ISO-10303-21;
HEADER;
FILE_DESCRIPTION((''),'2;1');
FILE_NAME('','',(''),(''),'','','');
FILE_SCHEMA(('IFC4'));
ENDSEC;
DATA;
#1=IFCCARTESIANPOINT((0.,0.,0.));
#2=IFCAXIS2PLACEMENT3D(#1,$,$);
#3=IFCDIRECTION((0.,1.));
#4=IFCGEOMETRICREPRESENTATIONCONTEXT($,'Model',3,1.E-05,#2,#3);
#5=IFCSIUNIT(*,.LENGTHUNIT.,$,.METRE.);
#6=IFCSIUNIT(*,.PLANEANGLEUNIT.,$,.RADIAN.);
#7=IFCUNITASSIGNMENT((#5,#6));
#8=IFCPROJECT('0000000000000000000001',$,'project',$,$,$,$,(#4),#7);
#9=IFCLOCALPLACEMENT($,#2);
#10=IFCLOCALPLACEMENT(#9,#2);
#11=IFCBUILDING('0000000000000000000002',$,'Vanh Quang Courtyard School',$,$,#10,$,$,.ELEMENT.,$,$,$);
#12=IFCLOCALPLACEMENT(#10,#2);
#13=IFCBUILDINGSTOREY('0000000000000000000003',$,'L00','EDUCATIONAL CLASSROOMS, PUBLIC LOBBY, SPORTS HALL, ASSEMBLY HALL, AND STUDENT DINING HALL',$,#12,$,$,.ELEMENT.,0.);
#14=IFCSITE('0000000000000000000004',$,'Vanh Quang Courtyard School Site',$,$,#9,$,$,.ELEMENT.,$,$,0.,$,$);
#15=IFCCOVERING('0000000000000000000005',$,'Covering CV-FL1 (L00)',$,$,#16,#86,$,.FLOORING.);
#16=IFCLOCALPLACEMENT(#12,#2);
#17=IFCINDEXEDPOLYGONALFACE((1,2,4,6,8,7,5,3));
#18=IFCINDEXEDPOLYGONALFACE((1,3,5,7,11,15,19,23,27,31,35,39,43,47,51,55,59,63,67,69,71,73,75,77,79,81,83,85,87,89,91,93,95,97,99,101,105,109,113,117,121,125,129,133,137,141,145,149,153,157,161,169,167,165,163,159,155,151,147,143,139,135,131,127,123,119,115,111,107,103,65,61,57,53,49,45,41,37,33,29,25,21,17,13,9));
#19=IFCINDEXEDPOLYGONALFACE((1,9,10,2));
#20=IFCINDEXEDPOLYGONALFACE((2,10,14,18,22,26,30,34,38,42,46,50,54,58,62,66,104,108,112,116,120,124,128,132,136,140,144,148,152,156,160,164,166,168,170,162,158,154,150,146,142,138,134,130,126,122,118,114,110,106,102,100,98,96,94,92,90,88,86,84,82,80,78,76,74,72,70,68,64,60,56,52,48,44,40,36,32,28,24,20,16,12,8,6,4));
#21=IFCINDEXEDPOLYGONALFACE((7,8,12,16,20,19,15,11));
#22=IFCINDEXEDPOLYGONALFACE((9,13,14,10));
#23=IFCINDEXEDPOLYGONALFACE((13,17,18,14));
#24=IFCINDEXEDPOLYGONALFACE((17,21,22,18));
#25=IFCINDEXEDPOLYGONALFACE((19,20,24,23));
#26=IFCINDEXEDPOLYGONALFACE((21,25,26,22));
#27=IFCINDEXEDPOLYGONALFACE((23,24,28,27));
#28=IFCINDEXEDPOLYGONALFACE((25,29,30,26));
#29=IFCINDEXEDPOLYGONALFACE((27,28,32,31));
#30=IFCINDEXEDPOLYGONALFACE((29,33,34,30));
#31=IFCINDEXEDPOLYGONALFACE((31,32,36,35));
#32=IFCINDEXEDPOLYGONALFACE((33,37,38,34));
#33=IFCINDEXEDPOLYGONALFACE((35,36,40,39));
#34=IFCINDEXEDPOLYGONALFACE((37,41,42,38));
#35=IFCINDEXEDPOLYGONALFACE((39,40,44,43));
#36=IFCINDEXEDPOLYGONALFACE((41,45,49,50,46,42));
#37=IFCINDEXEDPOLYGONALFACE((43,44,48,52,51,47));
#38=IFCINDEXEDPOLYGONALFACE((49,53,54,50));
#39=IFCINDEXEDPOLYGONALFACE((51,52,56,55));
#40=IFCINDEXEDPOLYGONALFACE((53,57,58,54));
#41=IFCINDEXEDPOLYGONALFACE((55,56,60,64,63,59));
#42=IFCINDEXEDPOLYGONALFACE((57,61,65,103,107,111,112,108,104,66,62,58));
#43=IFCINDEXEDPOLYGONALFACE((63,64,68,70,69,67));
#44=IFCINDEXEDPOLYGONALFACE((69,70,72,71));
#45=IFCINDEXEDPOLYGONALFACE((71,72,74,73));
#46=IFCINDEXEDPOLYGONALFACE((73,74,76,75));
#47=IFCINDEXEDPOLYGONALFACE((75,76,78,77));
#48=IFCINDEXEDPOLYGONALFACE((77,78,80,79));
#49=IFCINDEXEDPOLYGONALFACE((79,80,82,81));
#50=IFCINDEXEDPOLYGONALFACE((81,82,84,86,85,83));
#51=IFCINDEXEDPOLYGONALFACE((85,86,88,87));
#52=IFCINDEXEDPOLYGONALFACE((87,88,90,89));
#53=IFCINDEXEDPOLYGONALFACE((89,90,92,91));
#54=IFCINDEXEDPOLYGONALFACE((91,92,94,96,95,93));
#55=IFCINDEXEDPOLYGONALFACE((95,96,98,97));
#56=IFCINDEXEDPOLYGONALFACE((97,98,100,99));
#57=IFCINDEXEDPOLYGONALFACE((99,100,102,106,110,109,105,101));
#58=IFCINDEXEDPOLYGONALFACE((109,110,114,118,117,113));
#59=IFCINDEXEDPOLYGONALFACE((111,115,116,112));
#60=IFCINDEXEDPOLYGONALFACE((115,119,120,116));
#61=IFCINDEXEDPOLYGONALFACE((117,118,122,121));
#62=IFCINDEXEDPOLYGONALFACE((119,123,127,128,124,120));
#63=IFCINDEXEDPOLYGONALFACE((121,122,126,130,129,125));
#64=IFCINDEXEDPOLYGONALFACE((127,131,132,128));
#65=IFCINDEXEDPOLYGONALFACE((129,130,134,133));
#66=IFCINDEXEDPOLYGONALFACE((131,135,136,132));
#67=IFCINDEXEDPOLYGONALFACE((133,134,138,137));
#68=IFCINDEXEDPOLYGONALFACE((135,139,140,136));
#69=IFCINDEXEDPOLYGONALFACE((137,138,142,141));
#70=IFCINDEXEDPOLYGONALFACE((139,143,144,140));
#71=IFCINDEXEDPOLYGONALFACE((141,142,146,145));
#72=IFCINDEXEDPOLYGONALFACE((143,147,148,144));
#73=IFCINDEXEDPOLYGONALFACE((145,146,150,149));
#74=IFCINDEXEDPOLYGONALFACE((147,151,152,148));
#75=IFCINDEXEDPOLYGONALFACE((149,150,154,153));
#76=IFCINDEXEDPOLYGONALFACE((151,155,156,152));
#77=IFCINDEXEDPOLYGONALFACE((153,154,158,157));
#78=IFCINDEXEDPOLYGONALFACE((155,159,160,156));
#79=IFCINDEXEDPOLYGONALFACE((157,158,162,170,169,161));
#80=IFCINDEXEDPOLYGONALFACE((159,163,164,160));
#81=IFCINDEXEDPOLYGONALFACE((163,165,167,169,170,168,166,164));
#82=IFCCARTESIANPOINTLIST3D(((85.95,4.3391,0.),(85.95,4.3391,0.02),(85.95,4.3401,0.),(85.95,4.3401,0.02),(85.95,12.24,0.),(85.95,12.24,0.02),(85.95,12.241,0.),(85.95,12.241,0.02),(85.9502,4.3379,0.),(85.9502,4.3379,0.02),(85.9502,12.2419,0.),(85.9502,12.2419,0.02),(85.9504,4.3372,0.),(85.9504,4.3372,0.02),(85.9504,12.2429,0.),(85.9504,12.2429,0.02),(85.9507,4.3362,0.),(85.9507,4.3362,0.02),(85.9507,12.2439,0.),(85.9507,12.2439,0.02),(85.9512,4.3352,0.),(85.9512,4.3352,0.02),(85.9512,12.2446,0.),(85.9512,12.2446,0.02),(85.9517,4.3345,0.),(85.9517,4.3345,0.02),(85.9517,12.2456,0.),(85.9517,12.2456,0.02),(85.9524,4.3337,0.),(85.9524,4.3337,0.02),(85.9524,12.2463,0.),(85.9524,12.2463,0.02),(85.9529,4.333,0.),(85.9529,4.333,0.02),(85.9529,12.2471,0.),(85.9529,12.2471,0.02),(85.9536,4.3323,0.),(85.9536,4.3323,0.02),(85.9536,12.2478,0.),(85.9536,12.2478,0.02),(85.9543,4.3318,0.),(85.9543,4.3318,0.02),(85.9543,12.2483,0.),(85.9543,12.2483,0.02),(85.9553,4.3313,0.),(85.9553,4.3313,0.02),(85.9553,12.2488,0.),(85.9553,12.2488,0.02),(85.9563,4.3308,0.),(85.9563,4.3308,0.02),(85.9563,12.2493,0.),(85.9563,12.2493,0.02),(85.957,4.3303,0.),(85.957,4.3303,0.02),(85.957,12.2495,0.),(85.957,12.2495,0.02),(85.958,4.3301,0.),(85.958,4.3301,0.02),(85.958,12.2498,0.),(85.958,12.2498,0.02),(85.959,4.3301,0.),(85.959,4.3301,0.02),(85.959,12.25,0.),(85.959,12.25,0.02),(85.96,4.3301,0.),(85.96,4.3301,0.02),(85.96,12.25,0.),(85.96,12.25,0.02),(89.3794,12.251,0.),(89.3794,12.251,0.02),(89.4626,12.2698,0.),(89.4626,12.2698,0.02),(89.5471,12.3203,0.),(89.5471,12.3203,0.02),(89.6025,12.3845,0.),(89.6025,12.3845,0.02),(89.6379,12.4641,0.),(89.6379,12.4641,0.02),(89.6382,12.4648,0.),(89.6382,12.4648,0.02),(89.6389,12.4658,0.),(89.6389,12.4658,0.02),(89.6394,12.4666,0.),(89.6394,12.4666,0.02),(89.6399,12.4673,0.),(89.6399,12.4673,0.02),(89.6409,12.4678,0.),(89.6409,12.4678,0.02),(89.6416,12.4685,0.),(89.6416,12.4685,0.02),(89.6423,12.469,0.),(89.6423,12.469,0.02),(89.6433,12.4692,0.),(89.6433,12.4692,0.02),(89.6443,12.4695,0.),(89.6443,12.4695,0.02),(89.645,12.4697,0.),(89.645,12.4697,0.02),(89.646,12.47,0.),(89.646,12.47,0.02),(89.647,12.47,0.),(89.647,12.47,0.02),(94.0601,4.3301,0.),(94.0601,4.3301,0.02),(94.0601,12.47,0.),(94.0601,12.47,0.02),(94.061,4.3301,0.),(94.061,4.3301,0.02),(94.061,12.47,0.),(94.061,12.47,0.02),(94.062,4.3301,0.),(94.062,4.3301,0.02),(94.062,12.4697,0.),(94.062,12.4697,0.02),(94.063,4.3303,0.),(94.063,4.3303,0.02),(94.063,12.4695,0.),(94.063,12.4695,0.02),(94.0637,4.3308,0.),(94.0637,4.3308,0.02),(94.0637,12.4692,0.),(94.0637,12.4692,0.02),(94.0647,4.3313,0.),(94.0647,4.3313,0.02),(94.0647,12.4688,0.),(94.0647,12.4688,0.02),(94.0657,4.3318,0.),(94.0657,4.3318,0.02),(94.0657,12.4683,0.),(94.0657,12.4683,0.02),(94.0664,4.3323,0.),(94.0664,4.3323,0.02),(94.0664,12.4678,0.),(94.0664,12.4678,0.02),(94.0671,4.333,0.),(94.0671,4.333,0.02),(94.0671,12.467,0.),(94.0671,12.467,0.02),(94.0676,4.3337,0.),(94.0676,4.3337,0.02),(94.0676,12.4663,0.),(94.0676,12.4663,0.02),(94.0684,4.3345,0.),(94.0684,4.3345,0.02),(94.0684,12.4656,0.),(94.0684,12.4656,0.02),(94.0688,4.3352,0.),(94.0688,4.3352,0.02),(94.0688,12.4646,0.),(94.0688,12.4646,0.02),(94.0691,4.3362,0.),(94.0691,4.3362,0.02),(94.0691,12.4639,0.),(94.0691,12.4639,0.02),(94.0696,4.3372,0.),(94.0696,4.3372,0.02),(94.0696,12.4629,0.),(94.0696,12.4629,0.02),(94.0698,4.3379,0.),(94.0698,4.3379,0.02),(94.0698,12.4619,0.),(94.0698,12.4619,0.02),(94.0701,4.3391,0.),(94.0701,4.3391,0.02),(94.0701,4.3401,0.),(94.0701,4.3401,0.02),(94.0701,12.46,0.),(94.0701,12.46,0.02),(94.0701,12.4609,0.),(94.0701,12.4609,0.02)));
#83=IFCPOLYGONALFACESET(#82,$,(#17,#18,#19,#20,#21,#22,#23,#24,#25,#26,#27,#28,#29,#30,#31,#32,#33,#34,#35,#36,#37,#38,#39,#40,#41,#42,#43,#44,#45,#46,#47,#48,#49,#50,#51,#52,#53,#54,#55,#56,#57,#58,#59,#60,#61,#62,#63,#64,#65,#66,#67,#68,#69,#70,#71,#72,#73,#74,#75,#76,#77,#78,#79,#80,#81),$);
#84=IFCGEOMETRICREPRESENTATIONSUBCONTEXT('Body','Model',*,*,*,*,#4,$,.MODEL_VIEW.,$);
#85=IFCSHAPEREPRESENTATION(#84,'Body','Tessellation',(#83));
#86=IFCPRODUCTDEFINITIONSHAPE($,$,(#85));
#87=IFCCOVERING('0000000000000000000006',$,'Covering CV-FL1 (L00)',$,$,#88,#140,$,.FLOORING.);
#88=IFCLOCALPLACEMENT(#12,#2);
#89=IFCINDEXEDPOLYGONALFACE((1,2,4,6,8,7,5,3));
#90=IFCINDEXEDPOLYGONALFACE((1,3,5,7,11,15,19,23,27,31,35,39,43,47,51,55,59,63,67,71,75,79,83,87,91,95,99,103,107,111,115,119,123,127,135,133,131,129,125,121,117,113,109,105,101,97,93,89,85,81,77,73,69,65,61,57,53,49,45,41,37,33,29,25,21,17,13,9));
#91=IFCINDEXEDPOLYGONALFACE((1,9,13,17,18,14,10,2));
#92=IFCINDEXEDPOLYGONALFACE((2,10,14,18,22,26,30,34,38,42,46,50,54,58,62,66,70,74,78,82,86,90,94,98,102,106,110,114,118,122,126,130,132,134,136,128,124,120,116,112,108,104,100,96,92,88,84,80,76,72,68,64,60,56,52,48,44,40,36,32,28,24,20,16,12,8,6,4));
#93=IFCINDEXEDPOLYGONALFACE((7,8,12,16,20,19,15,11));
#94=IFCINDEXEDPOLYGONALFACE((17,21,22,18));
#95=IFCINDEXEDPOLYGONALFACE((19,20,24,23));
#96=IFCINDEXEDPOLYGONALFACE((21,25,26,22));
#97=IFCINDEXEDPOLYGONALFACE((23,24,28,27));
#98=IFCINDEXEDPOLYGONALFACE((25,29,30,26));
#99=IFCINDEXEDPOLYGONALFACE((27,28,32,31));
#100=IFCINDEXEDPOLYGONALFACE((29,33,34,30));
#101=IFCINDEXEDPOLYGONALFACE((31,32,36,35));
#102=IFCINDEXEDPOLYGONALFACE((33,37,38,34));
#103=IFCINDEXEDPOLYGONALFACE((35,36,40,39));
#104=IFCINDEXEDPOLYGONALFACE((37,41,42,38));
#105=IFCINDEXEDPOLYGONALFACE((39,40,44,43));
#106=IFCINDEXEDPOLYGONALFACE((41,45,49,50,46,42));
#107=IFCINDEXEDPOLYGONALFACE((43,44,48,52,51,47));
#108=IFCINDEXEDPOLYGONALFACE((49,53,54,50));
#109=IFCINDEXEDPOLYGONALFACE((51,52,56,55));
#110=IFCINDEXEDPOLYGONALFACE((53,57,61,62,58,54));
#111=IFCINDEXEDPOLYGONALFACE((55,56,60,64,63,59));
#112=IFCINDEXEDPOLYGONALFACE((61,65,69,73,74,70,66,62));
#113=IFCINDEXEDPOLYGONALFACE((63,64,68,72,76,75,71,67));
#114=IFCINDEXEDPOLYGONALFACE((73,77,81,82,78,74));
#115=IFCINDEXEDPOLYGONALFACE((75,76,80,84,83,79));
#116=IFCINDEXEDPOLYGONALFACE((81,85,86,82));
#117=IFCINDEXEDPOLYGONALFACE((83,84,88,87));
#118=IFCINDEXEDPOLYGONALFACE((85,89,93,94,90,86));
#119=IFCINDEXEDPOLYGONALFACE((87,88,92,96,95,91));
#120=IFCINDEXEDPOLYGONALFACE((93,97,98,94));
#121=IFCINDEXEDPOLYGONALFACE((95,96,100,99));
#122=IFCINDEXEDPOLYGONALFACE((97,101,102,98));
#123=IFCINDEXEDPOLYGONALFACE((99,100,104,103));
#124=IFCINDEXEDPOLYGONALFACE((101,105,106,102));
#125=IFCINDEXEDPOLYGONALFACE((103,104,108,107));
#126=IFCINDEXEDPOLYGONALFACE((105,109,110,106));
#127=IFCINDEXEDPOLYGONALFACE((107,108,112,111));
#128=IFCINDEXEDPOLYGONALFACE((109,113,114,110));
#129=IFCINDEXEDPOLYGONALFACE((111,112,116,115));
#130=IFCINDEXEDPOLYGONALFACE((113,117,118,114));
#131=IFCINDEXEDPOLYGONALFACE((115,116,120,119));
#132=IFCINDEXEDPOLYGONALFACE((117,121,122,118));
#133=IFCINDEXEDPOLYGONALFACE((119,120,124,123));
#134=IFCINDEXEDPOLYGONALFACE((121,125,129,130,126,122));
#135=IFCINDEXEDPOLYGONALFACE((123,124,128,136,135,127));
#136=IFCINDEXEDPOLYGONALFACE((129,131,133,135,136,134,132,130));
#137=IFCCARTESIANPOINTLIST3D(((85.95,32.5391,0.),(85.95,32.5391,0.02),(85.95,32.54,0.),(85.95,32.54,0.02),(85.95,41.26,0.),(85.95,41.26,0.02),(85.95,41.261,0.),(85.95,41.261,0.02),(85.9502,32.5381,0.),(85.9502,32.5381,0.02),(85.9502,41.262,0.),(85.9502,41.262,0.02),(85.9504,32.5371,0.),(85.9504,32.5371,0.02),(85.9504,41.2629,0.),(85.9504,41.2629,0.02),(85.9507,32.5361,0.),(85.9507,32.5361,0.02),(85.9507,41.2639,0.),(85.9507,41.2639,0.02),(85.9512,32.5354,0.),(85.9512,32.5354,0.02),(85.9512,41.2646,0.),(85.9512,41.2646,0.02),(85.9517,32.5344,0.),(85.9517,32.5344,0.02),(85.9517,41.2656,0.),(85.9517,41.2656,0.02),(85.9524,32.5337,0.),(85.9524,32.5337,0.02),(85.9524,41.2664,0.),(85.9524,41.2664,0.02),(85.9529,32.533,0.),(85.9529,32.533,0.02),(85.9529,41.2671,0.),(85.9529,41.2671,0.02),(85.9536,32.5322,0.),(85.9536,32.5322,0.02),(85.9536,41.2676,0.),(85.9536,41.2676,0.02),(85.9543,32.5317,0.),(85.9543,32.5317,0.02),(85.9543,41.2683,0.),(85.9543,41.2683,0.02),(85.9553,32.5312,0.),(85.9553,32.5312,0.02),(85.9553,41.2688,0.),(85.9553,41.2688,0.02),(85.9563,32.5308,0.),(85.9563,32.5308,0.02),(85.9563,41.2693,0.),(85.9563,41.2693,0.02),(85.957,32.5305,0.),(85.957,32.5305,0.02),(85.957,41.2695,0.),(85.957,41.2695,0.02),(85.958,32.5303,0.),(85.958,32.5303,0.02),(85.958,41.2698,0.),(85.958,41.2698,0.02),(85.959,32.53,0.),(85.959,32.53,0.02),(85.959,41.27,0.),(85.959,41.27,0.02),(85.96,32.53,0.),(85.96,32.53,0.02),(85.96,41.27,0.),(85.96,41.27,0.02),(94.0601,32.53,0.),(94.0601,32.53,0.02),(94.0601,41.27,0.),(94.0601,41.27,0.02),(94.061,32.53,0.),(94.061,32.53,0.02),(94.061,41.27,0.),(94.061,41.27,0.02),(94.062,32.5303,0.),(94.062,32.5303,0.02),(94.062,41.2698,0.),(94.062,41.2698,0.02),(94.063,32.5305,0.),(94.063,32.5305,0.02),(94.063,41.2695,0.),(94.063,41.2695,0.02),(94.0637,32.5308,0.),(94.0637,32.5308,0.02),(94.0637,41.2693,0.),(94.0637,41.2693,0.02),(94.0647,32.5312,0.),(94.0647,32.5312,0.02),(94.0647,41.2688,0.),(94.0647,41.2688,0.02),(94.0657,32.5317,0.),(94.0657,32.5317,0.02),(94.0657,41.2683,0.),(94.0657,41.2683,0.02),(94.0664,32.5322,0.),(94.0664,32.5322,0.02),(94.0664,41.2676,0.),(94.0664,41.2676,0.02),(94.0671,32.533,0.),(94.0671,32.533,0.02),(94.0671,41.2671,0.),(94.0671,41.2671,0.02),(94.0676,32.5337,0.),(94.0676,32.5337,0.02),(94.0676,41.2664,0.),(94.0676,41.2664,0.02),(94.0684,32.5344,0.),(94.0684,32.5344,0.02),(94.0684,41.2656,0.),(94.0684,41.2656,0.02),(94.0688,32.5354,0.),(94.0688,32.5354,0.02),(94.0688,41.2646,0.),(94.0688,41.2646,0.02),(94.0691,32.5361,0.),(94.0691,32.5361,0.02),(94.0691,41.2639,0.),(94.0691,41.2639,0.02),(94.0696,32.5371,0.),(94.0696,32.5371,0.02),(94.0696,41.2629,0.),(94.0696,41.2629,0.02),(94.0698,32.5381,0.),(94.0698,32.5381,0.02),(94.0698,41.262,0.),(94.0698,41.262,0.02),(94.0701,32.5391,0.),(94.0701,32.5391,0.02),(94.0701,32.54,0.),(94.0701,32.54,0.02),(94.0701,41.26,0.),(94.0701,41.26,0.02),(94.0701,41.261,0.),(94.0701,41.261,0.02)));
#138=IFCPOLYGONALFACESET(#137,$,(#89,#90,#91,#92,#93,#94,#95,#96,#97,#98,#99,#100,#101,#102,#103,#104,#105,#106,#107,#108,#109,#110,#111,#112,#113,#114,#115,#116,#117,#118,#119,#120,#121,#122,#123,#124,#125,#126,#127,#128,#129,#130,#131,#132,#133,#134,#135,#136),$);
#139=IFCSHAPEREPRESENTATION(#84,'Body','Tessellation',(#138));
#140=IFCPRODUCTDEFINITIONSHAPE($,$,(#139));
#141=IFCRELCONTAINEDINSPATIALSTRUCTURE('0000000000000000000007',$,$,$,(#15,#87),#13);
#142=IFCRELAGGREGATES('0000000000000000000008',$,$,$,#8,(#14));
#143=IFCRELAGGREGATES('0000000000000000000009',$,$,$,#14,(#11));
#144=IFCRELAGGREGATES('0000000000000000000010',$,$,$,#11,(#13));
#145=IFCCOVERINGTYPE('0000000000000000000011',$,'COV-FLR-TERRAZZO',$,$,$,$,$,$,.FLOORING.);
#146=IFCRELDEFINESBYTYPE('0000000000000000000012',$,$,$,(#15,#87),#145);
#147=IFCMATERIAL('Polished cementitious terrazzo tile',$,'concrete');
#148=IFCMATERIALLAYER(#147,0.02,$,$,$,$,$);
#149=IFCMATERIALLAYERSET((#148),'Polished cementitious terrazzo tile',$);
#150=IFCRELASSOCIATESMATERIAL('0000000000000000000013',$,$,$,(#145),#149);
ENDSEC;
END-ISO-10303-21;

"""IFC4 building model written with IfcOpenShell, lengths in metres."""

from ifc_helpers import new_model, si_unit, direction, origin, place, context, subcontext, project, spatial, polyline, outline, extrude, material, layer, layer_set, type_object, element, save


model = new_model("IFC4")

# Units and contexts
model_context = context("Model", 3, precision=1e-05, world=origin(), true_north=direction((0.0, 1.0)))
body_context = subcontext(model_context, "Body", "Model", "MODEL_VIEW")
ifc_project = project(units=[si_unit("LENGTHUNIT", "METRE"), si_unit("PLANEANGLEUNIT", "RADIAN")], contexts=[model_context])

# Site, building, storey
site_placement = place(None, origin())
site = spatial("IfcSite", under=ifc_project, at=site_placement, Name="Vanh Quang Courtyard School Site", CompositionType="ELEMENT", RefElevation=0.0)
building_placement = place(site_placement, origin())
building = spatial("IfcBuilding", under=site, at=building_placement, Name="Vanh Quang Courtyard School", CompositionType="ELEMENT")
storey_placement = place(building_placement, origin())
storey = spatial("IfcBuildingStorey", under=building, at=storey_placement, Name="L00", Description="EDUCATIONAL CLASSROOMS, PUBLIC LOBBY, SPORTS HALL, ASSEMBLY HALL, AND STUDENT DINING HALL", CompositionType="ELEMENT", Elevation=0.0)

# Coverings
ifc_material_1 = material(Name="Polished cementitious terrazzo tile", Category="concrete")
ifc_layer_1 = layer(ifc_material_1, 0.02)
ifc_layer_set_1 = layer_set([ifc_layer_1], Name="Polished cementitious terrazzo tile")
covering_type = type_object("IfcCoveringType", Name="COV-FLR-TERRAZZO", PredefinedType="FLOORING", material=ifc_layer_set_1)
covering_1_placement = place(storey_placement, origin())
element("IfcCovering", 1, at=covering_1_placement, inside=storey, type_object=covering_type, Name="Covering CV-FL1 (L00)", PredefinedType="FLOORING", context=body_context, shape_type="SweptSolid", body=[
    extrude(outline(polyline([(85.96, 4.3301), (85.959, 4.3301), (85.958, 4.3301), (85.957, 4.3303), (85.9563, 4.3308), (85.9553, 4.3313), (85.9543, 4.3318), (85.9536, 4.3323), (85.9529, 4.333), (85.9524, 4.3337), (85.9517, 4.3345), (85.9512, 4.3352), (85.9507, 4.3362), (85.9504, 4.3372), (85.9502, 4.3379), (85.95, 4.3391), (85.95, 4.3401), (85.95, 12.24), (85.95, 12.241), (85.9502, 12.2419), (85.9504, 12.2429), (85.9507, 12.2439), (85.9512, 12.2446), (85.9517, 12.2456), (85.9524, 12.2463), (85.9529, 12.2471), (85.9536, 12.2478), (85.9543, 12.2483), (85.9553, 12.2488), (85.9563, 12.2493), (85.957, 12.2495), (85.958, 12.2498), (85.959, 12.25), (85.96, 12.25), (89.3794, 12.251), (89.4626, 12.2698), (89.5471, 12.3203), (89.6025, 12.3845), (89.6379, 12.4641), (89.6382, 12.4648), (89.6389, 12.4658), (89.6394, 12.4666), (89.6399, 12.4673), (89.6409, 12.4678), (89.6416, 12.4685), (89.6423, 12.469), (89.6433, 12.4692), (89.6443, 12.4695), (89.645, 12.4697), (89.646, 12.47), (89.647, 12.47), (94.0601, 12.47), (94.061, 12.47), (94.062, 12.4697), (94.063, 12.4695), (94.0637, 12.4692), (94.0647, 12.4688), (94.0657, 12.4683), (94.0664, 12.4678), (94.0671, 12.467), (94.0676, 12.4663), (94.0684, 12.4656), (94.0688, 12.4646), (94.0691, 12.4639), (94.0696, 12.4629), (94.0698, 12.4619), (94.0701, 12.4609), (94.0701, 12.46), (94.0701, 4.3401), (94.0701, 4.3391), (94.0698, 4.3379), (94.0696, 4.3372), (94.0691, 4.3362), (94.0688, 4.3352), (94.0684, 4.3345), (94.0676, 4.3337), (94.0671, 4.333), (94.0664, 4.3323), (94.0657, 4.3318), (94.0647, 4.3313), (94.0637, 4.3308), (94.063, 4.3303), (94.062, 4.3301), (94.061, 4.3301), (94.0601, 4.3301), (85.96, 4.3301)])), origin(), (0.0, 0.0, 1.0), 0.02),
])
covering_2_placement = place(storey_placement, origin())
element("IfcCovering", 2, at=covering_2_placement, inside=storey, type_object=covering_type, Name="Covering CV-FL1 (L00)", PredefinedType="FLOORING", context=body_context, shape_type="SweptSolid", body=[
    extrude(outline(polyline([(85.96, 32.53), (85.959, 32.53), (85.958, 32.5303), (85.957, 32.5305), (85.9563, 32.5308), (85.9553, 32.5312), (85.9543, 32.5317), (85.9536, 32.5322), (85.9529, 32.533), (85.9524, 32.5337), (85.9517, 32.5344), (85.9512, 32.5354), (85.9507, 32.5361), (85.9504, 32.5371), (85.9502, 32.5381), (85.95, 32.5391), (85.95, 32.54), (85.95, 41.26), (85.95, 41.261), (85.9502, 41.262), (85.9504, 41.2629), (85.9507, 41.2639), (85.9512, 41.2646), (85.9517, 41.2656), (85.9524, 41.2664), (85.9529, 41.2671), (85.9536, 41.2676), (85.9543, 41.2683), (85.9553, 41.2688), (85.9563, 41.2693), (85.957, 41.2695), (85.958, 41.2698), (85.959, 41.27), (85.96, 41.27), (94.0601, 41.27), (94.061, 41.27), (94.062, 41.2698), (94.063, 41.2695), (94.0637, 41.2693), (94.0647, 41.2688), (94.0657, 41.2683), (94.0664, 41.2676), (94.0671, 41.2671), (94.0676, 41.2664), (94.0684, 41.2656), (94.0688, 41.2646), (94.0691, 41.2639), (94.0696, 41.2629), (94.0698, 41.262), (94.0701, 41.261), (94.0701, 41.26), (94.0701, 32.54), (94.0701, 32.5391), (94.0698, 32.5381), (94.0696, 32.5371), (94.0691, 32.5361), (94.0688, 32.5354), (94.0684, 32.5344), (94.0676, 32.5337), (94.0671, 32.533), (94.0664, 32.5322), (94.0657, 32.5317), (94.0647, 32.5312), (94.0637, 32.5308), (94.063, 32.5305), (94.062, 32.5303), (94.061, 32.53), (94.0601, 32.53), (85.96, 32.53)])), origin(), (0.0, 0.0, 1.0), 0.02),
])

save(model, "model.ifc")
